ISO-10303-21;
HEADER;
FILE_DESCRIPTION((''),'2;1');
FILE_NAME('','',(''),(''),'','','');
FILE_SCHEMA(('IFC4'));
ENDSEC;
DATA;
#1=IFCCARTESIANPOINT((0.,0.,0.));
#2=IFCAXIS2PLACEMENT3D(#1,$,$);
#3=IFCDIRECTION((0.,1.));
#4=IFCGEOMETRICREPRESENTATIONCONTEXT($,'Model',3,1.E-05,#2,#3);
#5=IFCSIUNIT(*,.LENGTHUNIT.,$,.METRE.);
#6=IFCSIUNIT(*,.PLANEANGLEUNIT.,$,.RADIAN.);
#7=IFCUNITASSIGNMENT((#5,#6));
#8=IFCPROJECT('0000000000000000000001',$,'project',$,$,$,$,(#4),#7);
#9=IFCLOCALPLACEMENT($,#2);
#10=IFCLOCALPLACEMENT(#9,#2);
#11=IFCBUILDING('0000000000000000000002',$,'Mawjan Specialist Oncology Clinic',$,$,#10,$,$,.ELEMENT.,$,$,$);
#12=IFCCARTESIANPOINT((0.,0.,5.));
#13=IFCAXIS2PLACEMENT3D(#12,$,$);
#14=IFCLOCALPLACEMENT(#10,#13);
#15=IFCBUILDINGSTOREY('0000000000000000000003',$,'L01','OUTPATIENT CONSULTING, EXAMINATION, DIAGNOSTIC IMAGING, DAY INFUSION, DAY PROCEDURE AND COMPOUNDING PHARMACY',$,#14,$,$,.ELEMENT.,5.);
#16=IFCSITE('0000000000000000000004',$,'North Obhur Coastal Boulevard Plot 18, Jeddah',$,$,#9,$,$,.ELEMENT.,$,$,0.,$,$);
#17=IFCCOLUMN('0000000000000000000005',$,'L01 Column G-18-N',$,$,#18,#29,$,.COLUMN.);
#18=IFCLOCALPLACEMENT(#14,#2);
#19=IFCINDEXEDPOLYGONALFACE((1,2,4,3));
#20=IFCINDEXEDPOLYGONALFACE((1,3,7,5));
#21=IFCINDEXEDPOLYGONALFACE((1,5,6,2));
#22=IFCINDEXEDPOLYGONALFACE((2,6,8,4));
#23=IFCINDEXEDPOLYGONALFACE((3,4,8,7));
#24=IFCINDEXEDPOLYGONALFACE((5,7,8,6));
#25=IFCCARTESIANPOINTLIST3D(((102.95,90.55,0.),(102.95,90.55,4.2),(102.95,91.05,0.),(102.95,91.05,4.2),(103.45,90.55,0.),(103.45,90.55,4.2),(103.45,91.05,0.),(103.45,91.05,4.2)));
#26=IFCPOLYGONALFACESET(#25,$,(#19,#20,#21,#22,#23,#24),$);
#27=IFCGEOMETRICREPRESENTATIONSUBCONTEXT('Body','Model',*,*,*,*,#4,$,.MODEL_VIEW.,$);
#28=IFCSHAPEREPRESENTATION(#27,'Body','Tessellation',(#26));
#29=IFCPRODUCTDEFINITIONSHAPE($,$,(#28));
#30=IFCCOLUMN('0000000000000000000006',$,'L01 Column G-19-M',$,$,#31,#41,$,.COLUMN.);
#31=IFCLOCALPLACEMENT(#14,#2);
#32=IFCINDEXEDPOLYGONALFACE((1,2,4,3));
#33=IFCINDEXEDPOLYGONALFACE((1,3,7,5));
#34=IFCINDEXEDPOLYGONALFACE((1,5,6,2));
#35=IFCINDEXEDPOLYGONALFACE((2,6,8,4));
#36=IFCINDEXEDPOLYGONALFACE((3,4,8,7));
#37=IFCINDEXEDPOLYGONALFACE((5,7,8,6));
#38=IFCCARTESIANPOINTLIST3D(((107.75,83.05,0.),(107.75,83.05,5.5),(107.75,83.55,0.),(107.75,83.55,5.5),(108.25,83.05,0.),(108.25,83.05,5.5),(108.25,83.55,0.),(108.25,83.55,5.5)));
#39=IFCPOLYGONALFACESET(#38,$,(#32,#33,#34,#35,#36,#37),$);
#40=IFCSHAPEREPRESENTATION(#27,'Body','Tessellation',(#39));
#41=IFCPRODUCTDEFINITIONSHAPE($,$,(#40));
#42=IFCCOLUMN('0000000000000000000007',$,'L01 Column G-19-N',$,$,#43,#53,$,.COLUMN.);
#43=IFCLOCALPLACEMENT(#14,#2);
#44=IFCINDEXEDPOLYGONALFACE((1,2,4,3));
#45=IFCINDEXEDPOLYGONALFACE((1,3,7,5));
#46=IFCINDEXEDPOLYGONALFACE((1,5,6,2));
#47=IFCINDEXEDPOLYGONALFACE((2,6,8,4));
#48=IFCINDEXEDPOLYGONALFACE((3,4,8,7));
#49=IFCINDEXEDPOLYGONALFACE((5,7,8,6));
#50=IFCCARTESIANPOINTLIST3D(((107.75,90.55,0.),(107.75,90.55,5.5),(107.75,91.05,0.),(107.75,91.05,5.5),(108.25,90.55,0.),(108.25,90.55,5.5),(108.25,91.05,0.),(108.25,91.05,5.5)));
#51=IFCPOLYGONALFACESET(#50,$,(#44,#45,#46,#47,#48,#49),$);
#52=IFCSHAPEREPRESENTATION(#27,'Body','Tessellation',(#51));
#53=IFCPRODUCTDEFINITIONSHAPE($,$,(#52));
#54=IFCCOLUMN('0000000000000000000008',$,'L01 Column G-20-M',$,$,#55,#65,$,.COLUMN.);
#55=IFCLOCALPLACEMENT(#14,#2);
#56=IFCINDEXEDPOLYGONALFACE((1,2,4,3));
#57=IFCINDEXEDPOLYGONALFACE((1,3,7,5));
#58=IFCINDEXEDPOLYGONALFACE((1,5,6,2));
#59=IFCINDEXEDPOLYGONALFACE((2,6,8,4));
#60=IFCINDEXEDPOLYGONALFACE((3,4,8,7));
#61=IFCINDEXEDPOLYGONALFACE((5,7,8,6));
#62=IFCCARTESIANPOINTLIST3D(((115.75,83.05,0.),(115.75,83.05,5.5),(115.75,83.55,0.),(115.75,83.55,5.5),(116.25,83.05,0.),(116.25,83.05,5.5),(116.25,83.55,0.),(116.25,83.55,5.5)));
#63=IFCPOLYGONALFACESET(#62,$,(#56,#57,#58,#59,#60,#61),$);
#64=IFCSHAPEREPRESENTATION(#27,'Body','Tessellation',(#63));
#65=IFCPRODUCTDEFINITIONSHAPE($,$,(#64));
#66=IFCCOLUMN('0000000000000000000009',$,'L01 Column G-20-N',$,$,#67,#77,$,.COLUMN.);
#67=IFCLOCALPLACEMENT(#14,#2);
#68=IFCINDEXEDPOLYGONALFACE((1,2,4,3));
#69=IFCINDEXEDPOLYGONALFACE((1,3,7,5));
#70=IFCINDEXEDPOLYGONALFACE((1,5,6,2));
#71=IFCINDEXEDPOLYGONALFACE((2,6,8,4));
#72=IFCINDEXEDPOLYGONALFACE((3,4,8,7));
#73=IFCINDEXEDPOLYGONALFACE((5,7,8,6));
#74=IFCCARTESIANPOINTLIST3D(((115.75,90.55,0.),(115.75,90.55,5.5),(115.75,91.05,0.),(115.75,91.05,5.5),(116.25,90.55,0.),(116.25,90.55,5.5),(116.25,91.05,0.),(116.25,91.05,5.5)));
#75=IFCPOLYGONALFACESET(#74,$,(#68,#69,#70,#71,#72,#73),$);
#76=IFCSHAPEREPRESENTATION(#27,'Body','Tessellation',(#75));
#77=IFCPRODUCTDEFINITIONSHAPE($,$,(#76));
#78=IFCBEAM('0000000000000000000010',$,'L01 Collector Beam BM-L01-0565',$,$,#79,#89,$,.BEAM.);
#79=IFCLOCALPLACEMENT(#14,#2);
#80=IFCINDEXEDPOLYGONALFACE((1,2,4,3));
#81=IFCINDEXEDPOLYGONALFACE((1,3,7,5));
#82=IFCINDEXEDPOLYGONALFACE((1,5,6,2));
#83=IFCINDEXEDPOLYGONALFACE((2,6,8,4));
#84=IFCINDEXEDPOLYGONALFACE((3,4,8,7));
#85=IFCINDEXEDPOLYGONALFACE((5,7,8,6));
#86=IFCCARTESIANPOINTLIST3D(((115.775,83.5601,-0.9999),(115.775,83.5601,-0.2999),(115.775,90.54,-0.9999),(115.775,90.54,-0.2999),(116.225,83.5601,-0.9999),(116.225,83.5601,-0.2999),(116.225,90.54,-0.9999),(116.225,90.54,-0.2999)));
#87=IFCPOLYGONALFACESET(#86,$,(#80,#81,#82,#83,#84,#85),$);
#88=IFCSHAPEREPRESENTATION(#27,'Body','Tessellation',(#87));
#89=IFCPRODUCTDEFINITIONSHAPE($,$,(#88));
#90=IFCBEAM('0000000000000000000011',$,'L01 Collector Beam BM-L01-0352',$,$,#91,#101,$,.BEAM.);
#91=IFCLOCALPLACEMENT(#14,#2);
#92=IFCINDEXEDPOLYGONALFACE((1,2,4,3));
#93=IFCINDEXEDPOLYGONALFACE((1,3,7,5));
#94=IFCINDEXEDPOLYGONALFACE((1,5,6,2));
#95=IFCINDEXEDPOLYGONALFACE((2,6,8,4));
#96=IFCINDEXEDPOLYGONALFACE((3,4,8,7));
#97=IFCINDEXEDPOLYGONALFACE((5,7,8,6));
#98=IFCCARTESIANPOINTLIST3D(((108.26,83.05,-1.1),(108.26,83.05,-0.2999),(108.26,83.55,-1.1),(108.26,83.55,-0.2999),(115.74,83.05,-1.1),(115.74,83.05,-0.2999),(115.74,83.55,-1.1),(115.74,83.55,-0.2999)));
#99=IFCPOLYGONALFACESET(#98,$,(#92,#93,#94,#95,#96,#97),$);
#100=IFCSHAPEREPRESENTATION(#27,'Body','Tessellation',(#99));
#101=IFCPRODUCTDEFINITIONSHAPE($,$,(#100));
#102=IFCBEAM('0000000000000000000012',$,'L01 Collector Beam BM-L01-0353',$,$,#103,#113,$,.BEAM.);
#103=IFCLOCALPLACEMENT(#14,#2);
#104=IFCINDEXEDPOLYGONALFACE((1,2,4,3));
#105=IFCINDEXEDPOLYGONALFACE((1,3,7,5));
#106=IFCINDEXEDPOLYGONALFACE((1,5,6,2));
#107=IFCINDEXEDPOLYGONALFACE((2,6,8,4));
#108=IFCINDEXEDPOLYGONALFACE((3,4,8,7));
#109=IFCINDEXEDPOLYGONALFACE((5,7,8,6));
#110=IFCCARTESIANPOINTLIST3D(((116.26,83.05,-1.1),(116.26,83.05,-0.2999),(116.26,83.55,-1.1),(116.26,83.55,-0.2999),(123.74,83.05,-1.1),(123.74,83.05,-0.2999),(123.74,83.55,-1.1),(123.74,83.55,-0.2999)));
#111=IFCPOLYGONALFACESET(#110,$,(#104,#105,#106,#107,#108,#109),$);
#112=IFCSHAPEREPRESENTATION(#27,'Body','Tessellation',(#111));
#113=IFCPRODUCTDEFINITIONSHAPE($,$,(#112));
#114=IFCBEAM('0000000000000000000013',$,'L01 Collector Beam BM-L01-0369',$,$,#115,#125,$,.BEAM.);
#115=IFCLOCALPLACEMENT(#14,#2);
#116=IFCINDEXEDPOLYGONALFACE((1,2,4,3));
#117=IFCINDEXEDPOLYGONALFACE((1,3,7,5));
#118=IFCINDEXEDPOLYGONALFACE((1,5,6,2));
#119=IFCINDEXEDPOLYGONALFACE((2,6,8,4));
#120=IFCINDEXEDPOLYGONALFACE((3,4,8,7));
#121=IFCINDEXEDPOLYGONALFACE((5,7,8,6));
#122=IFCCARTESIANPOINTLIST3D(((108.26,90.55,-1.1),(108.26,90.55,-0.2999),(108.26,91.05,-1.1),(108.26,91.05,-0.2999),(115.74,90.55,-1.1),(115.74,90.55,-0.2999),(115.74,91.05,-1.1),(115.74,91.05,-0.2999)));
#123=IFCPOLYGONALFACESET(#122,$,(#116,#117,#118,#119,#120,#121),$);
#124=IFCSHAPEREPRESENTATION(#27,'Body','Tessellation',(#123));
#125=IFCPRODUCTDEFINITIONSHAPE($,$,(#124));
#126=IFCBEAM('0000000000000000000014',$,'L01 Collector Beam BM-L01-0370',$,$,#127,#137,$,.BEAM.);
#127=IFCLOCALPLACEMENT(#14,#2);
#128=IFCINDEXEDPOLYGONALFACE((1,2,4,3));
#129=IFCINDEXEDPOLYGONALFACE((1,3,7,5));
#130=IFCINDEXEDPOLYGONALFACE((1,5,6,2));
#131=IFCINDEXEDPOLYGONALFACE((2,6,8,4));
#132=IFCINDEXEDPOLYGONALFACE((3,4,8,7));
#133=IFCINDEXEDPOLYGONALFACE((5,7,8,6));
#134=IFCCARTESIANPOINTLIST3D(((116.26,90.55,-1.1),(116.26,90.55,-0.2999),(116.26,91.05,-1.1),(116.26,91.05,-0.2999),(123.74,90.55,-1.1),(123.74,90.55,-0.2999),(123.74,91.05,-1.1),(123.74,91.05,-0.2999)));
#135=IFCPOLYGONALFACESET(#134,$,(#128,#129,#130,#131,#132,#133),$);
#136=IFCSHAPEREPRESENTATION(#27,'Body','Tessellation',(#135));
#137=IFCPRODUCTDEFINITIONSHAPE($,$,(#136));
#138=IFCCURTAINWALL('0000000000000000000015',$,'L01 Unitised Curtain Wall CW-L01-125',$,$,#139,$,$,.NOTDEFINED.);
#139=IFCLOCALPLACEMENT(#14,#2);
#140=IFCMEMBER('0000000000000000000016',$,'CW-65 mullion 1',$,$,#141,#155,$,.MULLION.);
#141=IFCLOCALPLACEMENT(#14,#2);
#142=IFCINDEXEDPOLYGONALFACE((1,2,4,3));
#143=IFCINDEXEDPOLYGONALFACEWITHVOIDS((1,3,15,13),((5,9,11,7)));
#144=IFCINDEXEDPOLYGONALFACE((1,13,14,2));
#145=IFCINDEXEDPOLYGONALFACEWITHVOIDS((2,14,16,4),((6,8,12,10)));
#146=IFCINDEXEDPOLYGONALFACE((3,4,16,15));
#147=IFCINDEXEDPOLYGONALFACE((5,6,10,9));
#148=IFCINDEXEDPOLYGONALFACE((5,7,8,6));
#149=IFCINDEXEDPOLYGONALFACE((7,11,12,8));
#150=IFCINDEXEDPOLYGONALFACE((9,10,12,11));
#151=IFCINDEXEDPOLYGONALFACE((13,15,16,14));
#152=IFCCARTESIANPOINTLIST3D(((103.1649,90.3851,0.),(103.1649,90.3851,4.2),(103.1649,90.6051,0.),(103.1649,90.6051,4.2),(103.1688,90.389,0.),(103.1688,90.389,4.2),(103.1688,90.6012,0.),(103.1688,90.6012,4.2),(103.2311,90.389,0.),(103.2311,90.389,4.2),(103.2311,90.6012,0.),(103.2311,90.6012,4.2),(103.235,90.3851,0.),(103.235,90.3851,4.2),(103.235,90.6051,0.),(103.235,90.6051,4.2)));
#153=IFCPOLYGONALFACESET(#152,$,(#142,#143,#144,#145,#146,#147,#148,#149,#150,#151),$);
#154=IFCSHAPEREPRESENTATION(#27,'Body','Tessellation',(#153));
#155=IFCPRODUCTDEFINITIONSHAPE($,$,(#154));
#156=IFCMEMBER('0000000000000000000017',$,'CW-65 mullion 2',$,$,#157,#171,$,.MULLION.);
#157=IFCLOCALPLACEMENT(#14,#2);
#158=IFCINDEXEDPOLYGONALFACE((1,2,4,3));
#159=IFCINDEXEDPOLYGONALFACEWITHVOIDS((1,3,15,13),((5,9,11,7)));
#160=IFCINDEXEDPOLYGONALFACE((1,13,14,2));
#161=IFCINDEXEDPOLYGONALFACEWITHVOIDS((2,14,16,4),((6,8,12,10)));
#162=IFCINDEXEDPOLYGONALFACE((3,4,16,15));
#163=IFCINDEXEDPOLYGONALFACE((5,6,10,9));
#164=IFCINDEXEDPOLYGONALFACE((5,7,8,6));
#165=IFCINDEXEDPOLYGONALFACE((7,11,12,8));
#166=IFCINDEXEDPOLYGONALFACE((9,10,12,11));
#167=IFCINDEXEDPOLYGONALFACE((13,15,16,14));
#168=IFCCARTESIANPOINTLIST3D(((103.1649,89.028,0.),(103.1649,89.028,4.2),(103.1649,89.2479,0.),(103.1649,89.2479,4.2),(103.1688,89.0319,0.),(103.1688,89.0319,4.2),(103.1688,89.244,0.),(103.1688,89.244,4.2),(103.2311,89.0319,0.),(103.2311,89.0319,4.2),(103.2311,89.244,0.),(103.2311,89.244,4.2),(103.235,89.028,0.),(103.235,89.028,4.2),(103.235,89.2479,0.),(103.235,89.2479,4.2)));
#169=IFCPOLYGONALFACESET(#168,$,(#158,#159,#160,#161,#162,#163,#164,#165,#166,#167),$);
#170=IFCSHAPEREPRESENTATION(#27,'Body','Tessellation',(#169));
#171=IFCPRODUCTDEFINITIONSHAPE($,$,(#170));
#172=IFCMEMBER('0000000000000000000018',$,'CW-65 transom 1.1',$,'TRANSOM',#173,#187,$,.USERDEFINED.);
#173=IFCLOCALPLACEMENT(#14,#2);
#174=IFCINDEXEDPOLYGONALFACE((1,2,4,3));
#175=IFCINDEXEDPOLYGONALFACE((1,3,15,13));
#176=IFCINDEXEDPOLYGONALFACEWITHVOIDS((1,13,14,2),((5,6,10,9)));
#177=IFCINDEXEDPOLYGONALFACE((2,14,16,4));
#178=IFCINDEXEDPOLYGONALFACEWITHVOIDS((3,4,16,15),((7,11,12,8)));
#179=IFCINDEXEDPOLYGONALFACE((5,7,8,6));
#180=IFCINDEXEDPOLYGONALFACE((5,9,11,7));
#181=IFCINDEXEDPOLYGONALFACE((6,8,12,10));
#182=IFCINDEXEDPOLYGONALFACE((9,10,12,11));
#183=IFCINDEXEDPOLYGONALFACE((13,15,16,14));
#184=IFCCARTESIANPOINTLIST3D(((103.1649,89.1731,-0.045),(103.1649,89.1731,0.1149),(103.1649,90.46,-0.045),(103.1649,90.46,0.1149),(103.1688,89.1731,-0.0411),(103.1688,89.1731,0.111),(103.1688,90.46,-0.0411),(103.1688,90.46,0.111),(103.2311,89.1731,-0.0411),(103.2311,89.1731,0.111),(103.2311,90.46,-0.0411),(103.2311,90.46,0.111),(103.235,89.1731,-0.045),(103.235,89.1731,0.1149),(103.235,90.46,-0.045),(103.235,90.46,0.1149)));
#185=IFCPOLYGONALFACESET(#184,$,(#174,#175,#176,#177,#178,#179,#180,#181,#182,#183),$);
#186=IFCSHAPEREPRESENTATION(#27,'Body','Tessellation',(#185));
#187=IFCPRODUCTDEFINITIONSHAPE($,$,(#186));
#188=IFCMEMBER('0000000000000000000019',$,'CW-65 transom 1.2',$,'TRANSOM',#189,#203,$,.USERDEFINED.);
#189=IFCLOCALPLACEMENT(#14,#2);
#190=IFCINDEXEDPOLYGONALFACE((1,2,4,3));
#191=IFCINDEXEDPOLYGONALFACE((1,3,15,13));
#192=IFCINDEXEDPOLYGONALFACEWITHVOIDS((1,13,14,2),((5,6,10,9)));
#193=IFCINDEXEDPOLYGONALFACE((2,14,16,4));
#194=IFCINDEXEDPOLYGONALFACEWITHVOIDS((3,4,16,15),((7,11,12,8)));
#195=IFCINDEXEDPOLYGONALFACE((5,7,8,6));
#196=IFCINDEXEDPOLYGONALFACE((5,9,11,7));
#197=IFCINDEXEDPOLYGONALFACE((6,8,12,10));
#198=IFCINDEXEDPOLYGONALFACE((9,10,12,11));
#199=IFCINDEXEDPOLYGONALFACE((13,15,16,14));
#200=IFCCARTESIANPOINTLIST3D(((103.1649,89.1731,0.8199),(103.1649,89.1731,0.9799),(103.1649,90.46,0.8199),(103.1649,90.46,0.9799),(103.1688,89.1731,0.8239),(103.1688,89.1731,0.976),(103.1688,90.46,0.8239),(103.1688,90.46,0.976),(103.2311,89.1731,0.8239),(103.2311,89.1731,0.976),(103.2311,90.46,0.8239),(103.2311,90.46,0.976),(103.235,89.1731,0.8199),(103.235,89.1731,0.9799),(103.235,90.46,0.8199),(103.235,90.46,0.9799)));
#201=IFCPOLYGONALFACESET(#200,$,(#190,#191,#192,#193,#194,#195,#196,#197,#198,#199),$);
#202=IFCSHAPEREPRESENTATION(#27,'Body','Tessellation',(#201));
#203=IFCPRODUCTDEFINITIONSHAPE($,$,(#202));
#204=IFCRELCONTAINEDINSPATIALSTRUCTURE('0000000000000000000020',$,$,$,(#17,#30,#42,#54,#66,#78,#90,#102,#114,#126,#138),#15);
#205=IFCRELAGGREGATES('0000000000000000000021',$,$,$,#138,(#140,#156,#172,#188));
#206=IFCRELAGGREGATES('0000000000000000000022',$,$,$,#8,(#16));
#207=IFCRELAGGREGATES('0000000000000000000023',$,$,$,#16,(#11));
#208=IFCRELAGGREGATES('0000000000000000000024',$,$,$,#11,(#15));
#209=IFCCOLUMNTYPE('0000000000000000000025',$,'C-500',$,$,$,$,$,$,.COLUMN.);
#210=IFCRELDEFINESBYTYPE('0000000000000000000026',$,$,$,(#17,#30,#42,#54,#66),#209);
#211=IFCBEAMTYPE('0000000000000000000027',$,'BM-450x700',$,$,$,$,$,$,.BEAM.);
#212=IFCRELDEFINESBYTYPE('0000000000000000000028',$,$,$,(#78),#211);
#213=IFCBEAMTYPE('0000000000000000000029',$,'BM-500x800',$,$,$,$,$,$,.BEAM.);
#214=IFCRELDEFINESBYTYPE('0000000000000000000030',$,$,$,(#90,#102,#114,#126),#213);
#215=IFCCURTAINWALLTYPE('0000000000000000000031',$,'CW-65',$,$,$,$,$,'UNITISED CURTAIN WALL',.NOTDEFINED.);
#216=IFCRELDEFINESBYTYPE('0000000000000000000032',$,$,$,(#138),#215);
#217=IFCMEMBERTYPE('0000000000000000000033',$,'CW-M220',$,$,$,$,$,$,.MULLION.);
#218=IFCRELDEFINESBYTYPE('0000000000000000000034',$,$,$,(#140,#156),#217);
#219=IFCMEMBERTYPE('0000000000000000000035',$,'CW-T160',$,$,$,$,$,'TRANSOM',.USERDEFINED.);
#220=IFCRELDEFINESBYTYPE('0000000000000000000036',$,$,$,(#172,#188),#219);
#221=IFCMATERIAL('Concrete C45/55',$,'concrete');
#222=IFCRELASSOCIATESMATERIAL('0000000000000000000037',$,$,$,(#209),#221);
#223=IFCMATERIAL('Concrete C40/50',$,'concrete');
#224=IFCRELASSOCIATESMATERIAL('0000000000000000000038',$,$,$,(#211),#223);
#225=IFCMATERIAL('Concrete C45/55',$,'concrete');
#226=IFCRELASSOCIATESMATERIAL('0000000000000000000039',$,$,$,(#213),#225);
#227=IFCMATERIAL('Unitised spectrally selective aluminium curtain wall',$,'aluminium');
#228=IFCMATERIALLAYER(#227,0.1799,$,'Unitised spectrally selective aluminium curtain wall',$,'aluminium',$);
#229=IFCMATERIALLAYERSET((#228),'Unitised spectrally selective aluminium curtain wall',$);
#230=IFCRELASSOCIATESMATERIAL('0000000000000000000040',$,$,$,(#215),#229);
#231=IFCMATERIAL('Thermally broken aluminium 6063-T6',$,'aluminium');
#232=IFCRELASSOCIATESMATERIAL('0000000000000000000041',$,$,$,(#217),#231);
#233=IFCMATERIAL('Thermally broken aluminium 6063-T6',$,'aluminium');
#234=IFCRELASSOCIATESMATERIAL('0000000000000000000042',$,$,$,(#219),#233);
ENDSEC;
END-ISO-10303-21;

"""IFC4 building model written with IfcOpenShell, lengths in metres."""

from ifc_helpers import new_model, si_unit, direction, frame, origin, origin_2d, place, context, subcontext, project, spatial, rectangle, hollow_rectangle, extrude, material, layer, layer_set, material_profile, profile_set, type_object, element, aggregate, save


model = new_model("IFC4")

# Units and contexts
model_context = context("Model", 3, precision=1e-05, world=origin(), true_north=direction((0.0, 1.0)))
body_context = subcontext(model_context, "Body", "Model", "MODEL_VIEW")
ifc_project = project(units=[si_unit("LENGTHUNIT", "METRE"), si_unit("PLANEANGLEUNIT", "RADIAN")], contexts=[model_context])

# Site, building, storey
site_placement = place(None, origin())
site = spatial("IfcSite", under=ifc_project, at=site_placement, Name="North Obhur Coastal Boulevard Plot 18, Jeddah", CompositionType="ELEMENT", RefElevation=0.0)
building_placement = place(site_placement, origin())
building = spatial("IfcBuilding", under=site, at=building_placement, Name="Mawjan Specialist Oncology Clinic", CompositionType="ELEMENT")
storey_placement = place(building_placement, frame((0.0, 0.0, 5.0)))
storey = spatial("IfcBuildingStorey", under=building, at=storey_placement, Name="L01", Description="OUTPATIENT CONSULTING, EXAMINATION, DIAGNOSTIC IMAGING, DAY INFUSION, DAY PROCEDURE AND COMPOUNDING PHARMACY", CompositionType="ELEMENT", Elevation=5.0)

# Columns
ifc_material_1 = material(Name="Concrete C45/55", Category="concrete")
ifc_material_profile_1 = material_profile(ifc_material_1, rectangle(XDim=0.5, YDim=0.5, at=origin_2d()), Name="RC COL 500x500", Category="concrete")
ifc_profile_set_1 = profile_set([ifc_material_profile_1], Name="Concrete C45/55")
column_type = type_object("IfcColumnType", Name="C-500", PredefinedType="COLUMN", material=ifc_profile_set_1)
column_placement = place(storey_placement, frame((103.2, 90.8, 0.0), z_axis=(0.0, 0.0, 1.0), x_axis=(1.0, 0.0, 0.0)))
element("IfcColumn", 1, at=column_placement, inside=storey, type_object=column_type, Name="L01 Column G-18-N", PredefinedType="COLUMN", context=body_context, shape_type="SweptSolid", body=[
    extrude(rectangle(XDim=0.5, YDim=0.5, at=origin_2d()), origin(), (0.0, 0.0, 1.0), 4.2),
])
for number, where, z_axis, x_axis, name in (
    (2, (108.0, 83.3, 0.0), (0.0, 0.0, 1.0), (1.0, 0.0, 0.0), "L01 Column G-19-M"),
    (3, (108.0, 90.8, 0.0), (0.0, 0.0, 1.0), (1.0, 0.0, 0.0), "L01 Column G-19-N"),
    (4, (116.0, 83.3, 0.0), (0.0, 0.0, 1.0), (1.0, 0.0, 0.0), "L01 Column G-20-M"),
    (5, (116.0, 90.8, 0.0), (0.0, 0.0, 1.0), (1.0, 0.0, 0.0), "L01 Column G-20-N"),
):
    element("IfcColumn", number, at=place(storey_placement, frame(where, z_axis=z_axis, x_axis=x_axis)), inside=storey, type_object=column_type, Name=name, PredefinedType="COLUMN", context=body_context, shape_type="SweptSolid", body=[
        extrude(rectangle(XDim=0.5, YDim=0.5, at=origin_2d()), origin(), (0.0, 0.0, 1.0), 5.5),
    ])

# Beams
ifc_material_2 = material(Name="Concrete C40/50", Category="concrete")
ifc_material_profile_2 = material_profile(ifc_material_2, rectangle(XDim=0.45, YDim=0.7, at=origin_2d()), Name="RC BM 450x700", Category="concrete")
ifc_profile_set_2 = profile_set([ifc_material_profile_2], Name="Concrete C40/50")
beam_type_1 = type_object("IfcBeamType", Name="BM-450x700", PredefinedType="BEAM", material=ifc_profile_set_2)
beam_placement = place(storey_placement, frame((116.0, 83.5601, -0.6499), z_axis=(0.0, 1.0, 0.0), x_axis=(-1.0, 0.0, 0.0)))
element("IfcBeam", 6, at=beam_placement, inside=storey, type_object=beam_type_1, Name="L01 Collector Beam BM-L01-0565", PredefinedType="BEAM", context=body_context, shape_type="SweptSolid", body=[
    extrude(rectangle(XDim=0.45, YDim=0.7, at=origin_2d()), origin(), (0.0, 0.0, 1.0), 6.98),
])
ifc_material_3 = material(Name="Concrete C45/55", Category="concrete")
ifc_material_profile_3 = material_profile(ifc_material_3, rectangle(XDim=0.5, YDim=0.8, at=origin_2d()), Name="RC BM 500x800", Category="concrete")
ifc_profile_set_3 = profile_set([ifc_material_profile_3], Name="Concrete C45/55")
beam_type_2 = type_object("IfcBeamType", Name="BM-500x800", PredefinedType="BEAM", material=ifc_profile_set_3)
for number, where, z_axis, x_axis, name in (
    (7, (108.26, 83.3, -0.7), (1.0, 0.0, 0.0), (0.0, 1.0, 0.0), "L01 Collector Beam BM-L01-0352"),
    (8, (116.26, 83.3, -0.7), (1.0, 0.0, 0.0), (0.0, 1.0, 0.0), "L01 Collector Beam BM-L01-0353"),
    (9, (108.26, 90.8, -0.7), (1.0, 0.0, 0.0), (0.0, 1.0, 0.0), "L01 Collector Beam BM-L01-0369"),
    (10, (116.26, 90.8, -0.7), (1.0, 0.0, 0.0), (0.0, 1.0, 0.0), "L01 Collector Beam BM-L01-0370"),
):
    element("IfcBeam", number, at=place(storey_placement, frame(where, z_axis=z_axis, x_axis=x_axis)), inside=storey, type_object=beam_type_2, Name=name, PredefinedType="BEAM", context=body_context, shape_type="SweptSolid", body=[
        extrude(rectangle(XDim=0.5, YDim=0.8, at=origin_2d()), origin(), (0.0, 0.0, 1.0), 7.48),
    ])

# Curtain wall, members
ifc_material_4 = material(Name="Unitised spectrally selective aluminium curtain wall", Category="aluminium")
ifc_layer_1 = layer(ifc_material_4, 0.1799, Name="Unitised spectrally selective aluminium curtain wall", Category="aluminium")
ifc_layer_set_1 = layer_set([ifc_layer_1], Name="Unitised spectrally selective aluminium curtain wall")
curtain_wall_type = type_object("IfcCurtainWallType", Name="CW-65", ElementType="UNITISED CURTAIN WALL", PredefinedType="NOTDEFINED", material=ifc_layer_set_1)
curtain_wall_placement = place(storey_placement, origin())
curtain_wall = element("IfcCurtainWall", 11, at=curtain_wall_placement, inside=storey, type_object=curtain_wall_type, Name="L01 Unitised Curtain Wall CW-L01-125", PredefinedType="NOTDEFINED")
ifc_material_5 = material(Name="Thermally broken aluminium 6063-T6", Category="aluminium")
ifc_material_profile_4 = material_profile(ifc_material_5, hollow_rectangle(XDim=0.0701, YDim=0.22, WallThickness=0.0039, at=origin_2d()), Name="ALU MULLION 220x70x4", Category="aluminium")
ifc_profile_set_4 = profile_set([ifc_material_profile_4], Name="Thermally broken aluminium 6063-T6")
member_type_1 = type_object("IfcMemberType", Name="CW-M220", PredefinedType="MULLION", material=ifc_profile_set_4)
member_1_placement = place(storey_placement, frame((103.2, 90.4951, 0.0), z_axis=(0.0, 0.0, 1.0), x_axis=(1.0, 0.0, 0.0)))
member_1 = element("IfcMember", 12, at=member_1_placement, type_object=member_type_1, Name="CW-65 mullion 1", PredefinedType="MULLION", context=body_context, shape_type="SweptSolid", body=[
    extrude(hollow_rectangle(XDim=0.0701, YDim=0.22, WallThickness=0.0039, at=origin_2d()), origin(), (0.0, 0.0, 1.0), 4.2),
])
member_2_placement = place(storey_placement, frame((103.2, 89.1379, 0.0), z_axis=(0.0, 0.0, 1.0), x_axis=(1.0, 0.0, 0.0)))
member_2 = element("IfcMember", 13, at=member_2_placement, type_object=member_type_1, Name="CW-65 mullion 2", PredefinedType="MULLION", context=body_context, shape_type="SweptSolid", body=[
    extrude(hollow_rectangle(XDim=0.0701, YDim=0.22, WallThickness=0.0039, at=origin_2d()), origin(), (0.0, 0.0, 1.0), 4.2),
])
ifc_material_6 = material(Name="Thermally broken aluminium 6063-T6", Category="aluminium")
ifc_material_profile_5 = material_profile(ifc_material_6, hollow_rectangle(XDim=0.0701, YDim=0.1599, WallThickness=0.0039, at=origin_2d()), Name="ALU TRANSOM 160x70x4", Category="aluminium")
ifc_profile_set_5 = profile_set([ifc_material_profile_5], Name="Thermally broken aluminium 6063-T6")
member_type_2 = type_object("IfcMemberType", Name="CW-T160", ElementType="TRANSOM", PredefinedType="USERDEFINED", material=ifc_profile_set_5)
member_3_placement = place(storey_placement, frame((103.2, 90.46, 0.0349), z_axis=(0.0, -1.0, 0.0), x_axis=(1.0, 0.0, 0.0)))
member_3 = element("IfcMember", 14, at=member_3_placement, type_object=member_type_2, Name="CW-65 transom 1.1", ObjectType="TRANSOM", PredefinedType="USERDEFINED", context=body_context, shape_type="SweptSolid", body=[
    extrude(hollow_rectangle(XDim=0.0701, YDim=0.1599, WallThickness=0.0039, at=origin_2d()), origin(), (0.0, 0.0, 1.0), 1.2869),
])
member_4_placement = place(storey_placement, frame((103.2, 90.46, 0.8999), z_axis=(0.0, -1.0, 0.0), x_axis=(1.0, 0.0, 0.0)))
member_4 = element("IfcMember", 15, at=member_4_placement, type_object=member_type_2, Name="CW-65 transom 1.2", ObjectType="TRANSOM", PredefinedType="USERDEFINED", context=body_context, shape_type="SweptSolid", body=[
    extrude(hollow_rectangle(XDim=0.0701, YDim=0.1599, WallThickness=0.0039, at=origin_2d()), origin(), (0.0, 0.0, 1.0), 1.2869),
])

aggregate(curtain_wall, [member_1, member_2, member_3, member_4])

save(model, "model.ifc")
